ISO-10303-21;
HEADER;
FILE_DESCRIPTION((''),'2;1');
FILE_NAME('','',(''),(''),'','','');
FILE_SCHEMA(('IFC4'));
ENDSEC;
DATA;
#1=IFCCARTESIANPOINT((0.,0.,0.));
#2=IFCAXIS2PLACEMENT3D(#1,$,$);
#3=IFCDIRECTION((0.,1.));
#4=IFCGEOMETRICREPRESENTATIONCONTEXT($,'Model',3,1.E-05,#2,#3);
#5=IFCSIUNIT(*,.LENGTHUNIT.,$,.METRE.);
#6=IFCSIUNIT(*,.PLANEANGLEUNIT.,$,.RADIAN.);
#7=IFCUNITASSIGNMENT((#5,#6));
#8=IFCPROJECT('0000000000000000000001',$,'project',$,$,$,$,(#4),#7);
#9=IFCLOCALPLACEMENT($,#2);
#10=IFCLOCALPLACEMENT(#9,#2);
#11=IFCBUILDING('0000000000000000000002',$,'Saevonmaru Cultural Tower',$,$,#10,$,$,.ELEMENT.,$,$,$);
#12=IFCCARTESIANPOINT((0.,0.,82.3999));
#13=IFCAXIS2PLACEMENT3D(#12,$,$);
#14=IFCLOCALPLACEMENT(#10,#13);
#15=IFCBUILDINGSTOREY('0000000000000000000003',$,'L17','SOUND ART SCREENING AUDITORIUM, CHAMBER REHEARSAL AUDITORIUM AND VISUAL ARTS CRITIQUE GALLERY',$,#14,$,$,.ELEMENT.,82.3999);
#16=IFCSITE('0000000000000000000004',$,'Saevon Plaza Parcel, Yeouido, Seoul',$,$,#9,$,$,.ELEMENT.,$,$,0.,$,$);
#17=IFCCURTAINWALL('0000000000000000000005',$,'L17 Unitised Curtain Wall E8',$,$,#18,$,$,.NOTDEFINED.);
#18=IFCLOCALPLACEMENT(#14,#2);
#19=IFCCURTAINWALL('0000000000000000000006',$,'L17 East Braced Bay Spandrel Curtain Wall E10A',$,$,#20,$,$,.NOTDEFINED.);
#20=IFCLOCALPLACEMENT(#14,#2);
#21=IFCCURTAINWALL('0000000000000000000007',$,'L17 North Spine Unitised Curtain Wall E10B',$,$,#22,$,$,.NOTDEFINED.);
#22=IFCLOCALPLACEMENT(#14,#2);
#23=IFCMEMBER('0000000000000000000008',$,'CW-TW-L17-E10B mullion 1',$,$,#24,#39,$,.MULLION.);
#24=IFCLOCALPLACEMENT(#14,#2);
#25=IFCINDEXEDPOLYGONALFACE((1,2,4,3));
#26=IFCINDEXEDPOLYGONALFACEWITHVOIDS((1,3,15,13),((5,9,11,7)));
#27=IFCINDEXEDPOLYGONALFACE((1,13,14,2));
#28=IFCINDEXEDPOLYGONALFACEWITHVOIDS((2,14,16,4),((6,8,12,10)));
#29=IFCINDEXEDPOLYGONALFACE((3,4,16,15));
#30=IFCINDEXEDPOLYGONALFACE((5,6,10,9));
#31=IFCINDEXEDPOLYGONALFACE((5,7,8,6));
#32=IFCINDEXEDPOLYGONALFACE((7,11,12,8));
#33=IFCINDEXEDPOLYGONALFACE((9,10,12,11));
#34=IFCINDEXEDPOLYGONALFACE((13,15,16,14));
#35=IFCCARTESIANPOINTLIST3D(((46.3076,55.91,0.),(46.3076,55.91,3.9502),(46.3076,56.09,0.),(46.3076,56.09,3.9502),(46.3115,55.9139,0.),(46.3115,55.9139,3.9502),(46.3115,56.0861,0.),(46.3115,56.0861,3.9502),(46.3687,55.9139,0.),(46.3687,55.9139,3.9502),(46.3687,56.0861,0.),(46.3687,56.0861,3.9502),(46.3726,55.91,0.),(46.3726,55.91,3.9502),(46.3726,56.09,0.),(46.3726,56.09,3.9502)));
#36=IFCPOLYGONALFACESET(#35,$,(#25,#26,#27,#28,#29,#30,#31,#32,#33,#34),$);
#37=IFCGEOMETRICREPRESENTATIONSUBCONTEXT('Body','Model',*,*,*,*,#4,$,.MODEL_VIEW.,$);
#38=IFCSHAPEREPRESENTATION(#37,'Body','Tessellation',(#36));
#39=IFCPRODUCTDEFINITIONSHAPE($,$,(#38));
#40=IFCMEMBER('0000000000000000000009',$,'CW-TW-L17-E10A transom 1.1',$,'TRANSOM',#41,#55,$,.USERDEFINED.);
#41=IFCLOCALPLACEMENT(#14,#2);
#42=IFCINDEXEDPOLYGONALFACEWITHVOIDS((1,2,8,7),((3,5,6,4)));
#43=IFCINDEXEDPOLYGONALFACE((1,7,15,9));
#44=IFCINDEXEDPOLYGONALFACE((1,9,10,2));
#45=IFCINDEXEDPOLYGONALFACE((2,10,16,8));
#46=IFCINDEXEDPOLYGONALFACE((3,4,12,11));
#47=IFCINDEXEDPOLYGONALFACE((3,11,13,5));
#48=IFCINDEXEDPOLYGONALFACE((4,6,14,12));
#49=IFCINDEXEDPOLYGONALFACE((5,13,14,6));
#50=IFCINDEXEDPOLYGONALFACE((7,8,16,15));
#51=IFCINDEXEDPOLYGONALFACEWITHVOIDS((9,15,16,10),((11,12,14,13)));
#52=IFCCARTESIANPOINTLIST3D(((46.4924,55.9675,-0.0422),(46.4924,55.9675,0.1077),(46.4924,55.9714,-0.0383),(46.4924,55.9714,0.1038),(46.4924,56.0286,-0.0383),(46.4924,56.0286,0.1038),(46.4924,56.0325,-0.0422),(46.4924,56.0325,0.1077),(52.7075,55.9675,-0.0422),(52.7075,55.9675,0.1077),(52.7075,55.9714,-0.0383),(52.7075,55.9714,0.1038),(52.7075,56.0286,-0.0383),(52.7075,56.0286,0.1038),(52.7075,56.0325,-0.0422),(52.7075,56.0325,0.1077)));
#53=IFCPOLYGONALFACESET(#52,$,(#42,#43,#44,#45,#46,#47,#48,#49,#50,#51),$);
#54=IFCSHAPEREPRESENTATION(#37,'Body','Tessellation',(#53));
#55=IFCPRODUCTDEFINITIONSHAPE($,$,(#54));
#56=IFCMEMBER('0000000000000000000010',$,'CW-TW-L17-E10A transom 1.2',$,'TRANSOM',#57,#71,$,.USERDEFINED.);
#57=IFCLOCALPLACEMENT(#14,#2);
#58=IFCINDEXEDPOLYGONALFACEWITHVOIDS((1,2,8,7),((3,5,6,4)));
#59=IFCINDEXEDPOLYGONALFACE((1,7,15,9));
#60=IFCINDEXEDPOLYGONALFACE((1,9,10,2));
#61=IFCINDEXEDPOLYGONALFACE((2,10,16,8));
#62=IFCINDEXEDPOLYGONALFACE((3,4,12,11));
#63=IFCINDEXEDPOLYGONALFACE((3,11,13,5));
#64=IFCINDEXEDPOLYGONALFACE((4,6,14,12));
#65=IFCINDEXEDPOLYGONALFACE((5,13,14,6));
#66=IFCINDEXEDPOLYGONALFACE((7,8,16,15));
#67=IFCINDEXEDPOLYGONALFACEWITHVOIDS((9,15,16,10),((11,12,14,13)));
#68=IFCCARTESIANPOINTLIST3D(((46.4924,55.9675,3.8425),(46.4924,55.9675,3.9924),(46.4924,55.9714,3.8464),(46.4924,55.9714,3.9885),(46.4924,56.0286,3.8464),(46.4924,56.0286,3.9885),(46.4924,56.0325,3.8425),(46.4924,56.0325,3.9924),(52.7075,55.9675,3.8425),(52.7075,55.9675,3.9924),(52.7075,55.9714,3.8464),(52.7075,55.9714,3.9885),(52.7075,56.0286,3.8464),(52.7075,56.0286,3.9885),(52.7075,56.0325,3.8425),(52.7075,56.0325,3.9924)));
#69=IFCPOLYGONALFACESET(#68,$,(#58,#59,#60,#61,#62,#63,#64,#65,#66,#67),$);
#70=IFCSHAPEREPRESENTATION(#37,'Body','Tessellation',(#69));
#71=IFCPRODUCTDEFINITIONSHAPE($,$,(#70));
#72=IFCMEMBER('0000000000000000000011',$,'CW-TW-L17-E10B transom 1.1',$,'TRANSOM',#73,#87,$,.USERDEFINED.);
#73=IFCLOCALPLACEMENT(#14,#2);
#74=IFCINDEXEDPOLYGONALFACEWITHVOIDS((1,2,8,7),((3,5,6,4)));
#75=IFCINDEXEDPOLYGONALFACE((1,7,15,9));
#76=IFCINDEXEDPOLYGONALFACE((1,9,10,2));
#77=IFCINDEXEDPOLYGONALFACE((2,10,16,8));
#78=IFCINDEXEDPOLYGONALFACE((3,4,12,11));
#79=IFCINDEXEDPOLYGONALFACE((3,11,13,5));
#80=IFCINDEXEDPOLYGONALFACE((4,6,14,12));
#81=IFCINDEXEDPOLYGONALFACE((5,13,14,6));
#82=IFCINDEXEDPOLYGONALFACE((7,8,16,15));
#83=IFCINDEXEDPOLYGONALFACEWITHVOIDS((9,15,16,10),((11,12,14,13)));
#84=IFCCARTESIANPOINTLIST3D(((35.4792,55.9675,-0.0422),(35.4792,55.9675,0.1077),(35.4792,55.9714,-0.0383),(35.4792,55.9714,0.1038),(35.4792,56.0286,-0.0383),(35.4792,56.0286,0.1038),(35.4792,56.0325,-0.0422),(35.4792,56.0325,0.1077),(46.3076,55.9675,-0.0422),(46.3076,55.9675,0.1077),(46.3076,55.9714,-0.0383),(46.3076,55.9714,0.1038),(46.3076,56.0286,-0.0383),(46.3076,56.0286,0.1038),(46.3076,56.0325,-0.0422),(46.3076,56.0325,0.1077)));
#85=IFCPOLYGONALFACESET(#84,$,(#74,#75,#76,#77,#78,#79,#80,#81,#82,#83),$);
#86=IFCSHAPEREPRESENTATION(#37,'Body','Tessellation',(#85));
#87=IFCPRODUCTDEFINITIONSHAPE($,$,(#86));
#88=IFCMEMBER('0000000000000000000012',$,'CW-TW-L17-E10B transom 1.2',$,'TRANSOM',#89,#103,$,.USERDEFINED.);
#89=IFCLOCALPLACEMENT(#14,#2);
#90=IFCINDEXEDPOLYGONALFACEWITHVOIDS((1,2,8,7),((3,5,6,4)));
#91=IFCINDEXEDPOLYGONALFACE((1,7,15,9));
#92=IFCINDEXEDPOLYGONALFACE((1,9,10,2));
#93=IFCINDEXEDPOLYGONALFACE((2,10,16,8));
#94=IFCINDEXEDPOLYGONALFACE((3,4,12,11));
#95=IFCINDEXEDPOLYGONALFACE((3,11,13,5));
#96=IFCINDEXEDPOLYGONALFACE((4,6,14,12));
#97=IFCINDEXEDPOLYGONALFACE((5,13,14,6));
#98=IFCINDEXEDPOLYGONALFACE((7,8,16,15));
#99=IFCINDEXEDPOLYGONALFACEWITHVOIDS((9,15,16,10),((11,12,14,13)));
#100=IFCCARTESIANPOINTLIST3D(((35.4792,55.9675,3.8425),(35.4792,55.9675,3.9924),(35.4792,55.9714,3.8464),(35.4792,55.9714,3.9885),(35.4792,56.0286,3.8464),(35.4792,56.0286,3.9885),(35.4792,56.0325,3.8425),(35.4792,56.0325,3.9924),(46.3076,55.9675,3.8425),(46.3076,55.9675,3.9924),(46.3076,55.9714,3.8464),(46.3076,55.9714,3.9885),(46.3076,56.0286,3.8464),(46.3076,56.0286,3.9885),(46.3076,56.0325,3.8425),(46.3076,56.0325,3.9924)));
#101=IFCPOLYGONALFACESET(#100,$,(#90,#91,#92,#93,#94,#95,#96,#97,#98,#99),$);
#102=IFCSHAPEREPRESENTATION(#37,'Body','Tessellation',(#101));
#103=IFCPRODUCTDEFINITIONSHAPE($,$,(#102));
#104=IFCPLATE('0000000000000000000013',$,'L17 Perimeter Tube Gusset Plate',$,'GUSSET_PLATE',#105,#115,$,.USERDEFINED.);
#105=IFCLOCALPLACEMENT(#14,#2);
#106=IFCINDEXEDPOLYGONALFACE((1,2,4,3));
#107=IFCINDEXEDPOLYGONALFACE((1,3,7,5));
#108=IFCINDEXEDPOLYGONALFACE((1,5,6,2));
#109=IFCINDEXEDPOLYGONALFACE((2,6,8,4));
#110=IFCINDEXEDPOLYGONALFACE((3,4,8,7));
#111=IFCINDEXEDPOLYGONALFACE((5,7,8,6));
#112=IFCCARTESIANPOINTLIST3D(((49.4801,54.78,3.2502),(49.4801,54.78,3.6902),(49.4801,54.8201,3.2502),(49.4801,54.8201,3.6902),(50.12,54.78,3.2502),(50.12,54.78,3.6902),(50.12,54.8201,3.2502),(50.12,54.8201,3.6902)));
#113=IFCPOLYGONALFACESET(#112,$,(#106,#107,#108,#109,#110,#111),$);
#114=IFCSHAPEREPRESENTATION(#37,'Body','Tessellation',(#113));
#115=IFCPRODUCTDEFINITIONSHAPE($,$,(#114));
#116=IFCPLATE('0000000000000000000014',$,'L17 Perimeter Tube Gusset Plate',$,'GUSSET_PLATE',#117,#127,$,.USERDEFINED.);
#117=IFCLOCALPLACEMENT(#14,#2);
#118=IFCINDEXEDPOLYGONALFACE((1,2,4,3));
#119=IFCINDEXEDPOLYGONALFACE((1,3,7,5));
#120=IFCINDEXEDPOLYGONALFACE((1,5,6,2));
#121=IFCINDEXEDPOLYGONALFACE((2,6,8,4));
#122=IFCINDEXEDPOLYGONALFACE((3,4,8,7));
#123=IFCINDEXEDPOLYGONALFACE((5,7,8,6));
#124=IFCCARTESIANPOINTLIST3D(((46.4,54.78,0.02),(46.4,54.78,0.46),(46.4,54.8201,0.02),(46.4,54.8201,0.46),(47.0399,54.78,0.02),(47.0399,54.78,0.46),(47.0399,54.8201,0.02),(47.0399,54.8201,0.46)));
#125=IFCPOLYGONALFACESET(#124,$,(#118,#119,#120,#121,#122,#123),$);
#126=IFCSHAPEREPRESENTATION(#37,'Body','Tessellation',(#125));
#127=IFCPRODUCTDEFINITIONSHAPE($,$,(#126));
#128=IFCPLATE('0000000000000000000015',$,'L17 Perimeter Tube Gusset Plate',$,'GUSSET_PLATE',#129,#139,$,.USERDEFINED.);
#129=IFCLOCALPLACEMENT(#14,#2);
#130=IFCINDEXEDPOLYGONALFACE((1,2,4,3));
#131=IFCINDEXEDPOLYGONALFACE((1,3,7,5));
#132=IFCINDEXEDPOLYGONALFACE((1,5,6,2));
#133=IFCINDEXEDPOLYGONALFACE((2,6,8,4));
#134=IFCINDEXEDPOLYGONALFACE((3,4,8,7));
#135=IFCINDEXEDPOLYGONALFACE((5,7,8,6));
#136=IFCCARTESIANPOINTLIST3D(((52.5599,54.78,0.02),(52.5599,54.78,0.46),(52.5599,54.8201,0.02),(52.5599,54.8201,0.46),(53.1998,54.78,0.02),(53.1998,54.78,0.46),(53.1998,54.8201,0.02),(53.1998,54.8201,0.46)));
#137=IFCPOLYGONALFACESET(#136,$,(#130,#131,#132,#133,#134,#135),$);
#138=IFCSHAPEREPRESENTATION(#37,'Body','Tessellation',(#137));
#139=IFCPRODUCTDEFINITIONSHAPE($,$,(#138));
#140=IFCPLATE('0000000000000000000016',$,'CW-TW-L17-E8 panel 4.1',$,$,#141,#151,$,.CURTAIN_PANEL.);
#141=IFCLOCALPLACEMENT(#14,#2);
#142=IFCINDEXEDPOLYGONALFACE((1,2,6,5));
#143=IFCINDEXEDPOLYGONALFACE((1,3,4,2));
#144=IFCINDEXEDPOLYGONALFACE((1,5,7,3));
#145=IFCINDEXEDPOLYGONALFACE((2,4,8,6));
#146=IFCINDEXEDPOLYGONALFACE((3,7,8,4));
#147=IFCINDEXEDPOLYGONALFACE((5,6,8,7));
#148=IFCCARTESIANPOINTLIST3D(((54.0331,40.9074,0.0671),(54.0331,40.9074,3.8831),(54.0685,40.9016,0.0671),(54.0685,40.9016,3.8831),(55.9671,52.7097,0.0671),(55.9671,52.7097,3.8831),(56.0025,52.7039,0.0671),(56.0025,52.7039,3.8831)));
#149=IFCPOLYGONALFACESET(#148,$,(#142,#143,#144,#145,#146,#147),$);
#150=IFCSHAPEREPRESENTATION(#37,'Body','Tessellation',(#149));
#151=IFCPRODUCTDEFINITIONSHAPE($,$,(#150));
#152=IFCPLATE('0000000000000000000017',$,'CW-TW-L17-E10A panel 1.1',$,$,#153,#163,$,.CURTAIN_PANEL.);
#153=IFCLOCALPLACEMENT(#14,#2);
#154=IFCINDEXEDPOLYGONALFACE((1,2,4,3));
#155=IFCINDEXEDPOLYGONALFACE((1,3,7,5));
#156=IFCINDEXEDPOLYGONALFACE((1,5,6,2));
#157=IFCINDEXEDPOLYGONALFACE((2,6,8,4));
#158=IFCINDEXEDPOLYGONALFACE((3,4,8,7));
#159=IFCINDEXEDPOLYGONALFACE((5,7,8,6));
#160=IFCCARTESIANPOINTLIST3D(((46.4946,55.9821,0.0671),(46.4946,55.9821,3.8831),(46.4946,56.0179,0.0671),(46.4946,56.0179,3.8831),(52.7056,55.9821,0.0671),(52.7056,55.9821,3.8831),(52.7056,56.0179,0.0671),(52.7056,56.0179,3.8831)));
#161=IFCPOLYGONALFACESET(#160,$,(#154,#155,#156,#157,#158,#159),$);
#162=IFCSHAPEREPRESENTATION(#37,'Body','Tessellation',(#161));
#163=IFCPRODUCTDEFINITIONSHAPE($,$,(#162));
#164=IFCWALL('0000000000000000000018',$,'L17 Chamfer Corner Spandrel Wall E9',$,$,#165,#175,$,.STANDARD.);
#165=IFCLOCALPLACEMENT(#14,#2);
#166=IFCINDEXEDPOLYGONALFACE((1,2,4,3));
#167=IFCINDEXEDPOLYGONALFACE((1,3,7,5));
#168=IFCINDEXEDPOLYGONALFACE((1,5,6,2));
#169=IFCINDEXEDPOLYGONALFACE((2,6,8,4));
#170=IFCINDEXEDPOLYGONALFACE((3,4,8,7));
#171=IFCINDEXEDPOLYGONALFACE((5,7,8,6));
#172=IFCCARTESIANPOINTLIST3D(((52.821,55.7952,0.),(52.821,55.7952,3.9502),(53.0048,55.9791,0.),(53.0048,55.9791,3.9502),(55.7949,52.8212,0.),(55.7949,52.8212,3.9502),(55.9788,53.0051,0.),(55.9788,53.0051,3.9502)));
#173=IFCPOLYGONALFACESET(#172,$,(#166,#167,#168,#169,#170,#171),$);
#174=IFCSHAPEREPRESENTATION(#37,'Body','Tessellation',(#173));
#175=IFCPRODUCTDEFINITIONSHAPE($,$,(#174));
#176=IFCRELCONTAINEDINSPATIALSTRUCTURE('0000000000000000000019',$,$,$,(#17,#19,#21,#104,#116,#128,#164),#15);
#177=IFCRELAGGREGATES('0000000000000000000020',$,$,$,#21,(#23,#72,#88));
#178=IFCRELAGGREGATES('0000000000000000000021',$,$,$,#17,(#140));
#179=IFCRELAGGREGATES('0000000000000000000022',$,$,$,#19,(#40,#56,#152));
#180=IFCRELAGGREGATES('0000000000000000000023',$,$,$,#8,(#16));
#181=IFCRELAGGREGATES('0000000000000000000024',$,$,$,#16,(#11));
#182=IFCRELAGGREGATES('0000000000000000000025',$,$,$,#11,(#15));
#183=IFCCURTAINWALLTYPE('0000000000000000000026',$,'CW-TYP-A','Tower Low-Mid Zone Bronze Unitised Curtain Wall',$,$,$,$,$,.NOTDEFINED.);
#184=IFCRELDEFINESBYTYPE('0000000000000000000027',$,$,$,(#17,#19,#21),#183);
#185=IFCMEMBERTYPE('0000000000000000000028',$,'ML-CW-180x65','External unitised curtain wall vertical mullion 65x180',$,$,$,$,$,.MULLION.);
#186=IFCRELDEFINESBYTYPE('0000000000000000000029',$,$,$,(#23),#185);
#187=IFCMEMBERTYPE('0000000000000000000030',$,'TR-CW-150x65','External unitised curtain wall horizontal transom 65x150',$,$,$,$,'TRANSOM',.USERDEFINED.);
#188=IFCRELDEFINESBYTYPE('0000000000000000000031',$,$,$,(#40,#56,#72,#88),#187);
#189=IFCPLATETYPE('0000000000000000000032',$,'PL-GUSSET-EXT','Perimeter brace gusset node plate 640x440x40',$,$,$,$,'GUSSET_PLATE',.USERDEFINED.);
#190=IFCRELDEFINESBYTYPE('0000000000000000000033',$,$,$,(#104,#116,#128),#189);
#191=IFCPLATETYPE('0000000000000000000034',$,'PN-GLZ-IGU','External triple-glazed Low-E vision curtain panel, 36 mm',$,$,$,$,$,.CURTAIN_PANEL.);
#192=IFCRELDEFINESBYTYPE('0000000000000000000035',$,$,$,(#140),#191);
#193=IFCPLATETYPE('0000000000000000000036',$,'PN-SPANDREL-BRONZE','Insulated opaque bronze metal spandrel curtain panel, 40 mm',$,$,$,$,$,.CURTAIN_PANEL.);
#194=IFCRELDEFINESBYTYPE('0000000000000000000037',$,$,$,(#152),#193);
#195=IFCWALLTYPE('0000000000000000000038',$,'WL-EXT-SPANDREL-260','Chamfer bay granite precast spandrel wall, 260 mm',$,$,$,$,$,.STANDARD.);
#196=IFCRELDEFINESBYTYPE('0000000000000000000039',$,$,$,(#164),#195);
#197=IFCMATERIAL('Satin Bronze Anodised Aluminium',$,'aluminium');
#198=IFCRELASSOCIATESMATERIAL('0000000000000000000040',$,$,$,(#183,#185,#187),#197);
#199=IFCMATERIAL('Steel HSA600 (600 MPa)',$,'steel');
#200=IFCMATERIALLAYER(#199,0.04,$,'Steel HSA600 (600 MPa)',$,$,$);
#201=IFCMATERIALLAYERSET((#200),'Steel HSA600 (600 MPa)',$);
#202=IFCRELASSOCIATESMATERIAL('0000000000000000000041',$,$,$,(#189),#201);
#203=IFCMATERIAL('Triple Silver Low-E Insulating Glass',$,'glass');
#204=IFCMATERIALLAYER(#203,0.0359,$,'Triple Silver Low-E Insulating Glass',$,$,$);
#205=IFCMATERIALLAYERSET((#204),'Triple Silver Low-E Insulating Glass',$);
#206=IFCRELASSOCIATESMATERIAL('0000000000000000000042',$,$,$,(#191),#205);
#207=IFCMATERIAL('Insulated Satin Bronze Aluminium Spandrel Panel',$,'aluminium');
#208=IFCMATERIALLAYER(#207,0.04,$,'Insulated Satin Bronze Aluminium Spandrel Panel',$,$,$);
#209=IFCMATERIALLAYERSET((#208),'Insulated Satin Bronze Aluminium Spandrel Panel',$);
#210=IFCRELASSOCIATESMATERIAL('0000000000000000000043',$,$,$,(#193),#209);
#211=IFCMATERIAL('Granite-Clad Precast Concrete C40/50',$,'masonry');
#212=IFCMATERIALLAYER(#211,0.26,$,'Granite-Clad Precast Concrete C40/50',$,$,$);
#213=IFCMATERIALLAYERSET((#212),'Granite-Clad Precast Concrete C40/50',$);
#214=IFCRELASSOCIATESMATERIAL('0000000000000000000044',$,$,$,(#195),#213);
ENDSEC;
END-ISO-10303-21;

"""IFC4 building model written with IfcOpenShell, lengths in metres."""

from ifc_helpers import new_model, si_unit, direction, frame, frame_2d, origin, origin_2d, place, context, subcontext, project, spatial, rectangle, hollow_rectangle, extrude, material, layer, layer_set, material_profile, profile_set, type_object, element, aggregate, save


model = new_model("IFC4")

# Units and contexts
model_context = context("Model", 3, precision=1e-05, world=origin(), true_north=direction((0.0, 1.0)))
body_context = subcontext(model_context, "Body", "Model", "MODEL_VIEW")
ifc_project = project(units=[si_unit("LENGTHUNIT", "METRE"), si_unit("PLANEANGLEUNIT", "RADIAN")], contexts=[model_context])

# Site, building, storey
site_placement = place(None, origin())
site = spatial("IfcSite", under=ifc_project, at=site_placement, Name="Saevon Plaza Parcel, Yeouido, Seoul", CompositionType="ELEMENT", RefElevation=0.0)
building_placement = place(site_placement, origin())
building = spatial("IfcBuilding", under=site, at=building_placement, Name="Saevonmaru Cultural Tower", CompositionType="ELEMENT")
storey_placement = place(building_placement, frame((0.0, 0.0, 82.3999)))
storey = spatial("IfcBuildingStorey", under=building, at=storey_placement, Name="L17", Description="SOUND ART SCREENING AUDITORIUM, CHAMBER REHEARSAL AUDITORIUM AND VISUAL ARTS CRITIQUE GALLERY", CompositionType="ELEMENT", Elevation=82.3999)

# Shared definitions
ifc_material_1 = material(Name="Steel HSA600 (600 MPa)", Category="steel")

# Curtain wall
ifc_material_2 = material(Name="Satin Bronze Anodised Aluminium", Category="aluminium")
curtain_wall_type = type_object("IfcCurtainWallType", Name="CW-TYP-A", Description="Tower Low-Mid Zone Bronze Unitised Curtain Wall", PredefinedType="NOTDEFINED", material=ifc_material_2)
curtain_wall_1_placement = place(storey_placement, origin())
curtain_wall_1 = element("IfcCurtainWall", 1, at=curtain_wall_1_placement, inside=storey, type_object=curtain_wall_type, Name="L17 Unitised Curtain Wall E8", PredefinedType="NOTDEFINED")
ifc_material_profile_1 = material_profile(ifc_material_2, hollow_rectangle(XDim=0.0649, YDim=0.1799, WallThickness=0.0039, at=origin_2d()), Name="ALU-MULL-180x65x4")
ifc_profile_set_1 = profile_set([ifc_material_profile_1], Name="Satin Bronze Anodised Aluminium")
member_type_1 = type_object("IfcMemberType", Name="ML-CW-180x65", Description="External unitised curtain wall vertical mullion 65x180", PredefinedType="MULLION", material=ifc_profile_set_1)

# Curtain wall
curtain_wall_2_placement = place(storey_placement, origin())
curtain_wall_2 = element("IfcCurtainWall", 2, at=curtain_wall_2_placement, inside=storey, type_object=curtain_wall_type, Name="L17 East Braced Bay Spandrel Curtain Wall E10A", PredefinedType="NOTDEFINED")

# Curtain wall, member
curtain_wall_3_placement = place(storey_placement, origin())
curtain_wall_3 = element("IfcCurtainWall", 3, at=curtain_wall_3_placement, inside=storey, type_object=curtain_wall_type, Name="L17 North Spine Unitised Curtain Wall E10B", PredefinedType="NOTDEFINED")
member_1_placement = place(storey_placement, frame((46.3401, 56.0, 0.0), z_axis=(0.0, 0.0, 1.0), x_axis=(-1.0, 0.0, 0.0)))
member_1 = element("IfcMember", 4, at=member_1_placement, type_object=member_type_1, Name="CW-TW-L17-E10B mullion 1", PredefinedType="MULLION", context=body_context, shape_type="SweptSolid", body=[
    extrude(hollow_rectangle(XDim=0.0649, YDim=0.1799, WallThickness=0.0039, at=origin_2d()), origin(), (0.0, 0.0, 1.0), 3.9502),
])

# Members
ifc_material_profile_2 = material_profile(ifc_material_2, hollow_rectangle(XDim=0.0649, YDim=0.1499, WallThickness=0.0039, at=origin_2d()), Name="ALU-TRAN-150x65x4")
ifc_profile_set_2 = profile_set([ifc_material_profile_2], Name="Satin Bronze Anodised Aluminium")
member_type_2 = type_object("IfcMemberType", Name="TR-CW-150x65", Description="External unitised curtain wall horizontal transom 65x150", ElementType="TRANSOM", PredefinedType="USERDEFINED", material=ifc_profile_set_2)
member_2_placement = place(storey_placement, frame((52.7075, 56.0, 0.0327), z_axis=(-1.0, 0.0, 0.0), x_axis=(0.0, -1.0, 0.0)))
member_2 = element("IfcMember", 5, at=member_2_placement, type_object=member_type_2, Name="CW-TW-L17-E10A transom 1.1", ObjectType="TRANSOM", PredefinedType="USERDEFINED", context=body_context, shape_type="SweptSolid", body=[
    extrude(hollow_rectangle(XDim=0.0649, YDim=0.1499, WallThickness=0.0039, at=origin_2d()), origin(), (0.0, 0.0, 1.0), 6.2151),
])
member_3_placement = place(storey_placement, frame((52.7075, 56.0, 3.9175), z_axis=(-1.0, 0.0, 0.0), x_axis=(0.0, -1.0, 0.0)))
member_3 = element("IfcMember", 6, at=member_3_placement, type_object=member_type_2, Name="CW-TW-L17-E10A transom 1.2", ObjectType="TRANSOM", PredefinedType="USERDEFINED", context=body_context, shape_type="SweptSolid", body=[
    extrude(hollow_rectangle(XDim=0.0649, YDim=0.1499, WallThickness=0.0039, at=origin_2d()), origin(), (0.0, 0.0, 1.0), 6.2151),
])
member_4_placement = place(storey_placement, frame((46.3076, 56.0, 0.0327), z_axis=(-1.0, 0.0, 0.0), x_axis=(0.0, -1.0, 0.0)))
member_4 = element("IfcMember", 7, at=member_4_placement, type_object=member_type_2, Name="CW-TW-L17-E10B transom 1.1", ObjectType="TRANSOM", PredefinedType="USERDEFINED", context=body_context, shape_type="SweptSolid", body=[
    extrude(hollow_rectangle(XDim=0.0649, YDim=0.1499, WallThickness=0.0039, at=origin_2d()), origin(), (0.0, 0.0, 1.0), 10.8284),
])
member_5_placement = place(storey_placement, frame((46.3076, 56.0, 3.9175), z_axis=(-1.0, 0.0, 0.0), x_axis=(0.0, -1.0, 0.0)))
member_5 = element("IfcMember", 8, at=member_5_placement, type_object=member_type_2, Name="CW-TW-L17-E10B transom 1.2", ObjectType="TRANSOM", PredefinedType="USERDEFINED", context=body_context, shape_type="SweptSolid", body=[
    extrude(hollow_rectangle(XDim=0.0649, YDim=0.1499, WallThickness=0.0039, at=origin_2d()), origin(), (0.0, 0.0, 1.0), 10.8284),
])
aggregate(curtain_wall_3, [member_1, member_4, member_5])

# Plates
ifc_layer_1 = layer(ifc_material_1, 0.04, Name="Steel HSA600 (600 MPa)")
ifc_layer_set_1 = layer_set([ifc_layer_1], Name="Steel HSA600 (600 MPa)")
plate_type_1 = type_object("IfcPlateType", Name="PL-GUSSET-EXT", Description="Perimeter brace gusset node plate 640x440x40", ElementType="GUSSET_PLATE", PredefinedType="USERDEFINED", material=ifc_layer_set_1)
for number, where, z_axis, x_axis, name in (
    (9, (49.8, 54.8, 3.2502), (0.0, 0.0, 1.0), (1.0, 0.0, 0.0), "L17 Perimeter Tube Gusset Plate"),
    (10, (46.72, 54.8, 0.02), (0.0, 0.0, 1.0), (1.0, 0.0, 0.0), "L17 Perimeter Tube Gusset Plate"),
    (11, (52.8799, 54.8, 0.02), (0.0, 0.0, 1.0), (1.0, 0.0, 0.0), "L17 Perimeter Tube Gusset Plate"),
):
    element("IfcPlate", number, at=place(storey_placement, frame(where, z_axis=z_axis, x_axis=x_axis)), inside=storey, type_object=plate_type_1, Name=name, ObjectType="GUSSET_PLATE", PredefinedType="USERDEFINED", context=body_context, shape_type="SweptSolid", body=[
        extrude(rectangle(XDim=0.6399, YDim=0.04, at=origin_2d()), origin(), (0.0, 0.0, 1.0), 0.4399),
    ])

# Plates
ifc_material_3 = material(Name="Triple Silver Low-E Insulating Glass", Category="glass")
ifc_layer_2 = layer(ifc_material_3, 0.0359, Name="Triple Silver Low-E Insulating Glass")
ifc_layer_set_2 = layer_set([ifc_layer_2], Name="Triple Silver Low-E Insulating Glass")
plate_type_2 = type_object("IfcPlateType", Name="PN-GLZ-IGU", Description="External triple-glazed Low-E vision curtain panel, 36 mm", PredefinedType="CURTAIN_PANEL", material=ifc_layer_set_2)
plate_1_placement = place(storey_placement, frame((55.0178, 46.8057, 0.0671), z_axis=(0.0, 0.0, 1.0), x_axis=(0.161709, 0.986839, 0.0)))
plate_1 = element("IfcPlate", 12, at=plate_1_placement, type_object=plate_type_2, Name="CW-TW-L17-E8 panel 4.1", PredefinedType="CURTAIN_PANEL", context=body_context, shape_type="SweptSolid", body=[
    extrude(rectangle(XDim=11.9597, YDim=0.0359, at=origin_2d()), origin(), (0.0, 0.0, 1.0), 3.8159),
])
aggregate(curtain_wall_1, [plate_1])
ifc_material_4 = material(Name="Insulated Satin Bronze Aluminium Spandrel Panel", Category="aluminium")
ifc_layer_3 = layer(ifc_material_4, 0.04, Name="Insulated Satin Bronze Aluminium Spandrel Panel")
ifc_layer_set_3 = layer_set([ifc_layer_3], Name="Insulated Satin Bronze Aluminium Spandrel Panel")
plate_type_3 = type_object("IfcPlateType", Name="PN-SPANDREL-BRONZE", Description="Insulated opaque bronze metal spandrel curtain panel, 40 mm", PredefinedType="CURTAIN_PANEL", material=ifc_layer_set_3)
plate_2_placement = place(storey_placement, frame((49.6001, 56.0, 0.0671), z_axis=(0.0, 0.0, 1.0), x_axis=(-1.0, 0.0, 0.0)))
plate_2 = element("IfcPlate", 13, at=plate_2_placement, type_object=plate_type_3, Name="CW-TW-L17-E10A panel 1.1", PredefinedType="CURTAIN_PANEL", context=body_context, shape_type="SweptSolid", body=[
    extrude(rectangle(XDim=6.2109, YDim=0.0359, at=origin_2d()), origin(), (0.0, 0.0, 1.0), 3.8159),
])
aggregate(curtain_wall_2, [member_2, member_3, plate_2])

# Wall
ifc_material_5 = material(Name="Granite-Clad Precast Concrete C40/50", Category="masonry")
ifc_layer_4 = layer(ifc_material_5, 0.26, Name="Granite-Clad Precast Concrete C40/50")
ifc_layer_set_4 = layer_set([ifc_layer_4], Name="Granite-Clad Precast Concrete C40/50")
wall_type_1 = type_object("IfcWallType", Name="WL-EXT-SPANDREL-260", Description="Chamfer bay granite precast spandrel wall, 260 mm", PredefinedType="STANDARD", material=ifc_layer_set_4)
wall_1_placement = place(storey_placement, frame((55.887, 52.9131, 0.0), z_axis=(0.0, 0.0, 1.0), x_axis=(-0.707107, 0.707107, 0.0)))
element("IfcWall", 14, at=wall_1_placement, inside=storey, type_object=wall_type_1, Name="L17 Chamfer Corner Spandrel Wall E9", PredefinedType="STANDARD", context=body_context, shape_type="SweptSolid", body=[
    extrude(rectangle(XDim=4.2058, YDim=0.26, at=frame_2d((2.103, 0.0))), origin(), (0.0, 0.0, 1.0), 3.9502),
])

save(model, "model.ifc")
